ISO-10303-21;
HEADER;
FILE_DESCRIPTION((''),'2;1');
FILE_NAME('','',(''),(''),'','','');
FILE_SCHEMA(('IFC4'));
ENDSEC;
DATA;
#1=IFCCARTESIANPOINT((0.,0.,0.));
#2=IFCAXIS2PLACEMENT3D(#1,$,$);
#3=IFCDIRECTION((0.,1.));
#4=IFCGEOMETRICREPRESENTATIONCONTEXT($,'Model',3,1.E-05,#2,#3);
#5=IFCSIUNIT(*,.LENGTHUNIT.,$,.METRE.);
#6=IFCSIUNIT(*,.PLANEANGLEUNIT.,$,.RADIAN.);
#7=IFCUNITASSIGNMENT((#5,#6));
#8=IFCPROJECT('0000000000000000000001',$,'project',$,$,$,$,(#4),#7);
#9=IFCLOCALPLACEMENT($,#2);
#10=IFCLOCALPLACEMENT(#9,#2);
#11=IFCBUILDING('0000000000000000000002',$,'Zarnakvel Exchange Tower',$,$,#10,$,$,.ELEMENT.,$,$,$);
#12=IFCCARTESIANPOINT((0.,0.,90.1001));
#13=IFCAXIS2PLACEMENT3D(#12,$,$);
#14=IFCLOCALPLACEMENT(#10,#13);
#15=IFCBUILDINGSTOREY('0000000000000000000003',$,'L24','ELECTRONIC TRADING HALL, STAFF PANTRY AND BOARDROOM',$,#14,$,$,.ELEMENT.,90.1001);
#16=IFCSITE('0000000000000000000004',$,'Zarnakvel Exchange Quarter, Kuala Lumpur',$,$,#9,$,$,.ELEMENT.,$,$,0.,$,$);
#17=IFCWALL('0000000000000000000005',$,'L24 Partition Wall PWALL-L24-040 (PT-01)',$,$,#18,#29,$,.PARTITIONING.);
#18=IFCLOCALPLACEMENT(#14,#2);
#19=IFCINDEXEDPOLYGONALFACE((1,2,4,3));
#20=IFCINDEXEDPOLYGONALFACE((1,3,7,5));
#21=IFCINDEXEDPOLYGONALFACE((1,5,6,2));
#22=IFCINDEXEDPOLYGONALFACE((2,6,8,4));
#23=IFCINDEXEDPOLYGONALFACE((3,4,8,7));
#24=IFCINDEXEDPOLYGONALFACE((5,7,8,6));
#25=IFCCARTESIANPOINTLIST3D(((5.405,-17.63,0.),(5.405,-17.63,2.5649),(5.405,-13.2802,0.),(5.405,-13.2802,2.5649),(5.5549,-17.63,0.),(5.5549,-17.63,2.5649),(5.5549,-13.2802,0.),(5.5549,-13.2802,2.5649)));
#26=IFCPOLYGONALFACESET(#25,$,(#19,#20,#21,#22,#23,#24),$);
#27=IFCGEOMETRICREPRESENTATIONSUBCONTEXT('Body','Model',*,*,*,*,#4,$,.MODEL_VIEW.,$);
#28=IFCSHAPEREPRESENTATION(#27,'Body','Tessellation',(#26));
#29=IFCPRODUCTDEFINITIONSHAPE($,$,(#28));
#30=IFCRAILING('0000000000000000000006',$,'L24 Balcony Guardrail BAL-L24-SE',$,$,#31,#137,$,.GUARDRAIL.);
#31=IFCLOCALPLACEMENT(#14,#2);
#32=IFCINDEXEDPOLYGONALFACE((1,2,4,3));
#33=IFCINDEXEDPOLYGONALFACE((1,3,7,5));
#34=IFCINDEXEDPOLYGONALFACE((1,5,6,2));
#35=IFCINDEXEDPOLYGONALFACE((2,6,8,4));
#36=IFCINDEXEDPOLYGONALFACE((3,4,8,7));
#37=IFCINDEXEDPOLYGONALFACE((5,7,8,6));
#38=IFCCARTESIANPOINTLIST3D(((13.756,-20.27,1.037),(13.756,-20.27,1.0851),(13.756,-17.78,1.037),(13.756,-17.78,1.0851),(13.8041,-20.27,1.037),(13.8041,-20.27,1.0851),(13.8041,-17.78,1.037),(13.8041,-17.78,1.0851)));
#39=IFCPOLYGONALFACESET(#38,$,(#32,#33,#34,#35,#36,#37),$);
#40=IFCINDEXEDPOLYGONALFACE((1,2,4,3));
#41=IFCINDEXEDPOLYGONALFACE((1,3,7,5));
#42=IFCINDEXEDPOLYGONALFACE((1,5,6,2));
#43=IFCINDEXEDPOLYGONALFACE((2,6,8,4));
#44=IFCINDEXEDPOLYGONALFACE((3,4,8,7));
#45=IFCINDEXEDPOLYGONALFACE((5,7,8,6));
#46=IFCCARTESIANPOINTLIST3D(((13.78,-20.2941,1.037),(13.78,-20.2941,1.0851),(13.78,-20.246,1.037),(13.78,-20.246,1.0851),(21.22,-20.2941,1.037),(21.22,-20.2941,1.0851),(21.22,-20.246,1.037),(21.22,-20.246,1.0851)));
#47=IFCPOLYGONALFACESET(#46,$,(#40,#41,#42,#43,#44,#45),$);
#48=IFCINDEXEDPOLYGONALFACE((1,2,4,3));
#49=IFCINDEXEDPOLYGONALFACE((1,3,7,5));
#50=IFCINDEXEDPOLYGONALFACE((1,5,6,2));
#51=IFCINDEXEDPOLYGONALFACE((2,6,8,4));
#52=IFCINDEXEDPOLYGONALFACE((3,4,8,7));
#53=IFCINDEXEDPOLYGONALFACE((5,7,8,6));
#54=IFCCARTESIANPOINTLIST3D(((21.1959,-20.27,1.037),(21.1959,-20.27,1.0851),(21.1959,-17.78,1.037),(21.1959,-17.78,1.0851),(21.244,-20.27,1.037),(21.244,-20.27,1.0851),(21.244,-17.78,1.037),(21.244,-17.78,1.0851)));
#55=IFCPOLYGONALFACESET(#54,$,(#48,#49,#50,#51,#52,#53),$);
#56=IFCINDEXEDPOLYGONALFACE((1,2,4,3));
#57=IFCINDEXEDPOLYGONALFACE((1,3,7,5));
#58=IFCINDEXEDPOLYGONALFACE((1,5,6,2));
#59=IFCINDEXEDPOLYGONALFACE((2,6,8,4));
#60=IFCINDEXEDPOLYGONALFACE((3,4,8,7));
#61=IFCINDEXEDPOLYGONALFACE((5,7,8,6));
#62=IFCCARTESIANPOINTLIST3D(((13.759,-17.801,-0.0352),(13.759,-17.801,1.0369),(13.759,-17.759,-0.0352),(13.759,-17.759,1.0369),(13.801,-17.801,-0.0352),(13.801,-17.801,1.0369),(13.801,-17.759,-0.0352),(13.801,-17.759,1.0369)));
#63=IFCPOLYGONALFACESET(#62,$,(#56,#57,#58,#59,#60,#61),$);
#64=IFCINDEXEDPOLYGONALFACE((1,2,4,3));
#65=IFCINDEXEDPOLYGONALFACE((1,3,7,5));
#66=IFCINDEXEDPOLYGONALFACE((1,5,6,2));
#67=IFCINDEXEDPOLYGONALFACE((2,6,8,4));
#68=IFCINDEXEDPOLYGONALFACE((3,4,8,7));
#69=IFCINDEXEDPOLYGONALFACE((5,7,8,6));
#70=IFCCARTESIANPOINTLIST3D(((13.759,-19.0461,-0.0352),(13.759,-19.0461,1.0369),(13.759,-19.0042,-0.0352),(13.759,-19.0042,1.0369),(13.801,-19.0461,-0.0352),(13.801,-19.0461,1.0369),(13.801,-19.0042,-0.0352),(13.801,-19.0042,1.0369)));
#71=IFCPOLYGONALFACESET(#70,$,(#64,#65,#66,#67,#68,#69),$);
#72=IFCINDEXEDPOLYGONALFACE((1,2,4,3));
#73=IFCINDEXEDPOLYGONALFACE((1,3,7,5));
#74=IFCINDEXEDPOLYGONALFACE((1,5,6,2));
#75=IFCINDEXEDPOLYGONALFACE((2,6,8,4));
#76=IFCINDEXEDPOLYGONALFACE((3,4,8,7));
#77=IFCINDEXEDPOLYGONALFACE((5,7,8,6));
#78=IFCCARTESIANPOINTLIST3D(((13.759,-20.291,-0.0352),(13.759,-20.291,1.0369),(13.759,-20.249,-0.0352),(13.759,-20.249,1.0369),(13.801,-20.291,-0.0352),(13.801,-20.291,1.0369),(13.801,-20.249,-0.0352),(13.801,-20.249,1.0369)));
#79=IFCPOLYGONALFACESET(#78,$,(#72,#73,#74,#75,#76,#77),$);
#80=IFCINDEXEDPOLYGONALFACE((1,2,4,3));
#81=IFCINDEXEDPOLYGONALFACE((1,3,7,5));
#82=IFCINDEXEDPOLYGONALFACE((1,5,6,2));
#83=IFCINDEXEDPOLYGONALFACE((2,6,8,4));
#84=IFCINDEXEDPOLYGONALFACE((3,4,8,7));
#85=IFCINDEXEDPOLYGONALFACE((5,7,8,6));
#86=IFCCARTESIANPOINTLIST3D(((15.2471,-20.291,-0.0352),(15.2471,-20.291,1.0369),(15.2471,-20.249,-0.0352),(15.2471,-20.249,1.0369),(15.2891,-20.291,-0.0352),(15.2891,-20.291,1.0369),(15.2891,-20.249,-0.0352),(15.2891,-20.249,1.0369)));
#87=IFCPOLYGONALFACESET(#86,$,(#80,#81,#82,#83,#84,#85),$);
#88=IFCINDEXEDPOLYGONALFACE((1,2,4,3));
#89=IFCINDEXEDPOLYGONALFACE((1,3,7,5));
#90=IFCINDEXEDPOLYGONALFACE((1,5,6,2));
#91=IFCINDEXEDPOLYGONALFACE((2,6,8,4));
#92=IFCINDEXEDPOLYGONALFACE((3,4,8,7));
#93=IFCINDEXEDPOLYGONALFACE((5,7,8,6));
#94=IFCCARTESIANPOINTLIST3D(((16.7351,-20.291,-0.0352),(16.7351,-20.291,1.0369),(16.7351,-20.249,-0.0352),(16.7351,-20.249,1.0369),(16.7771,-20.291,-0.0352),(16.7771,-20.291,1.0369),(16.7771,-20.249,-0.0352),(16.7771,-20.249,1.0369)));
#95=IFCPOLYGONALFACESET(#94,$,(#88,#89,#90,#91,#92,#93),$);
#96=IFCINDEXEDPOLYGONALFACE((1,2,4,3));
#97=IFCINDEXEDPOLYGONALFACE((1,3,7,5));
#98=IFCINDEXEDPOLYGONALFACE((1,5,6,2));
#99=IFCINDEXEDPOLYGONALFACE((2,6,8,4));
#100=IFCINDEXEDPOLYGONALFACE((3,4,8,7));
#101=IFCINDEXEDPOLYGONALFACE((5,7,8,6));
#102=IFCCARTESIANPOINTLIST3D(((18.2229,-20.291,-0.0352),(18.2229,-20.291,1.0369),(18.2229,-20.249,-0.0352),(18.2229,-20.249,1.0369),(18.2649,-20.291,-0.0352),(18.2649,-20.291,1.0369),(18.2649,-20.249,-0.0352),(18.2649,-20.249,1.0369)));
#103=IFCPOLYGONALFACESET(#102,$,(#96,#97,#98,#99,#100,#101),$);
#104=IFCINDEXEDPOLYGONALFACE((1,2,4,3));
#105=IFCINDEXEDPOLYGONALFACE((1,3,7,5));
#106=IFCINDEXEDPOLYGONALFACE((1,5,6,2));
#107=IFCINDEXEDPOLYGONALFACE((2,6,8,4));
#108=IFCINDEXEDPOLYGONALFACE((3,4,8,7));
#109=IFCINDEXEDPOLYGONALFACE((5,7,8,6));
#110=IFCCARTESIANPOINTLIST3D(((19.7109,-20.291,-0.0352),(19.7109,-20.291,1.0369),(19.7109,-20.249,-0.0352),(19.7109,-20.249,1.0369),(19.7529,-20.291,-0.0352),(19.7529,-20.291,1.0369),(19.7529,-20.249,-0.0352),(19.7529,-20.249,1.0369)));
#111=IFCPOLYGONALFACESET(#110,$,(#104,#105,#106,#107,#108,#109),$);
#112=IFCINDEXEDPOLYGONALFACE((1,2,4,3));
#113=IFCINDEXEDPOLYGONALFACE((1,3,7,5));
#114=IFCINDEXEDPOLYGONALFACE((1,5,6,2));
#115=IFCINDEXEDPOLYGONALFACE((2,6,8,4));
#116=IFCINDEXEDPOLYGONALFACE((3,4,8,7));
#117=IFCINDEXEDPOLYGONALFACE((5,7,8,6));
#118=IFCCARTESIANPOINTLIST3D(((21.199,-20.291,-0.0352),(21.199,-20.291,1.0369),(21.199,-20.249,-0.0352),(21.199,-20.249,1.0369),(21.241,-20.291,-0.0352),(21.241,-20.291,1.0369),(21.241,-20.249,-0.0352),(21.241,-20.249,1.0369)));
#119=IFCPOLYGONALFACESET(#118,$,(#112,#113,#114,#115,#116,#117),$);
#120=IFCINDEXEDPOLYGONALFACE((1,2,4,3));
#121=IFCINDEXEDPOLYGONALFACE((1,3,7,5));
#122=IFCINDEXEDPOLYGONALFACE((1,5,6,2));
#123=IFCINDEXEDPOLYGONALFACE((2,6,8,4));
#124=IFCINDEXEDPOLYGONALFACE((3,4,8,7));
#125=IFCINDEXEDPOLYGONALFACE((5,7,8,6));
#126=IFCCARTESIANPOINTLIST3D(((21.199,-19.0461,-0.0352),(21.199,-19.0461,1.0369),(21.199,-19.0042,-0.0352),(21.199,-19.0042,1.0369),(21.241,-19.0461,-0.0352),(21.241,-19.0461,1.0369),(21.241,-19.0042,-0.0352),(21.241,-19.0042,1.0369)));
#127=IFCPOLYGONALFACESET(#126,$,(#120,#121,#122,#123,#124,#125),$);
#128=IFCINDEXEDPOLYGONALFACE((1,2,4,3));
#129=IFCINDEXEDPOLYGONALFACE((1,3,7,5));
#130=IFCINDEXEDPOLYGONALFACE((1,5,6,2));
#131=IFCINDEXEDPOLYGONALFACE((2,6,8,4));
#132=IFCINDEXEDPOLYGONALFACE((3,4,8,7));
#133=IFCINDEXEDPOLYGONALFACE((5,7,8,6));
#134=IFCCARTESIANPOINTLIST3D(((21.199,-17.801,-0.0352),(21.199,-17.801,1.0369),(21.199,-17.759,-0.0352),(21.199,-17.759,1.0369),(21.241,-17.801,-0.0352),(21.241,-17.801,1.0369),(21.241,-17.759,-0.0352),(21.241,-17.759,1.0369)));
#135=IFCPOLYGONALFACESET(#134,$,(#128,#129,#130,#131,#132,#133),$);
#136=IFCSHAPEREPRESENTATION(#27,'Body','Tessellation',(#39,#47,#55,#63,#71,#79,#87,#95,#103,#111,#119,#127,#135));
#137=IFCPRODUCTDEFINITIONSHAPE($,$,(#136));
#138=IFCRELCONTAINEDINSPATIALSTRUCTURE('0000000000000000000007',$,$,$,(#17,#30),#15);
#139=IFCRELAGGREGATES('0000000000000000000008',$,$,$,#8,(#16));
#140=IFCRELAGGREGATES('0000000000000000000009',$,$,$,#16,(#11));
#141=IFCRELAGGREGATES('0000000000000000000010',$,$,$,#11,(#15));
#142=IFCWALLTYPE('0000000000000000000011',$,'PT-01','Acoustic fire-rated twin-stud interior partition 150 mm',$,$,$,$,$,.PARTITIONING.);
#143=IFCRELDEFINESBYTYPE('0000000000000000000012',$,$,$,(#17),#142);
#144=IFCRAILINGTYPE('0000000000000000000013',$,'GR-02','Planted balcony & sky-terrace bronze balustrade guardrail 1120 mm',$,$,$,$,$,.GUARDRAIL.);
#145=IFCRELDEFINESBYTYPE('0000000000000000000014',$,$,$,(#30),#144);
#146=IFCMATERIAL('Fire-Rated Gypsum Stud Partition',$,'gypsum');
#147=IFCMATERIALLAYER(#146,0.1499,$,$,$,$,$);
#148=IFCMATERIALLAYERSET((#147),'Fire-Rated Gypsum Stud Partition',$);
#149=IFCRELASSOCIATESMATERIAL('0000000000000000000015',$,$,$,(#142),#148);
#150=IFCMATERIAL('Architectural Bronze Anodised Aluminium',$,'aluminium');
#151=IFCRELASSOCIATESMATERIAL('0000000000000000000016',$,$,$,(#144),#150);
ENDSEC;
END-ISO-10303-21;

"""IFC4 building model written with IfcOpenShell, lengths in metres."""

from ifc_helpers import new_model, si_unit, direction, frame, frame_2d, origin, origin_2d, place, context, subcontext, project, spatial, rectangle, extrude, material, layer, layer_set, type_object, element, save


model = new_model("IFC4")

# Units and contexts
model_context = context("Model", 3, precision=1e-05, world=origin(), true_north=direction((0.0, 1.0)))
body_context = subcontext(model_context, "Body", "Model", "MODEL_VIEW")
ifc_project = project(units=[si_unit("LENGTHUNIT", "METRE"), si_unit("PLANEANGLEUNIT", "RADIAN")], contexts=[model_context])

# Site, building, storey
site_placement = place(None, origin())
site = spatial("IfcSite", under=ifc_project, at=site_placement, Name="Zarnakvel Exchange Quarter, Kuala Lumpur", CompositionType="ELEMENT", RefElevation=0.0)
building_placement = place(site_placement, origin())
building = spatial("IfcBuilding", under=site, at=building_placement, Name="Zarnakvel Exchange Tower", CompositionType="ELEMENT")
storey_placement = place(building_placement, frame((0.0, 0.0, 90.1001)))
storey = spatial("IfcBuildingStorey", under=building, at=storey_placement, Name="L24", Description="ELECTRONIC TRADING HALL, STAFF PANTRY AND BOARDROOM", CompositionType="ELEMENT", Elevation=90.1001)

# Shared definitions
ifc_material_1 = material(Name="Architectural Bronze Anodised Aluminium", Category="aluminium")

# Wall
ifc_material_2 = material(Name="Fire-Rated Gypsum Stud Partition", Category="gypsum")
ifc_layer_1 = layer(ifc_material_2, 0.1499)
ifc_layer_set_1 = layer_set([ifc_layer_1], Name="Fire-Rated Gypsum Stud Partition")
wall_type_1 = type_object("IfcWallType", Name="PT-01", Description="Acoustic fire-rated twin-stud interior partition 150 mm", PredefinedType="PARTITIONING", material=ifc_layer_set_1)
wall_1_placement = place(storey_placement, frame((5.48, -17.6299, 0.0), z_axis=(0.0, 0.0, 1.0), x_axis=(0.0, 1.0, 0.0)))
element("IfcWall", 1, at=wall_1_placement, inside=storey, type_object=wall_type_1, Name="L24 Partition Wall PWALL-L24-040 (PT-01)", PredefinedType="PARTITIONING", context=body_context, shape_type="SweptSolid", body=[
    extrude(rectangle(XDim=4.3499, YDim=0.1499, at=frame_2d((2.1748, 0.0))), origin(), (0.0, 0.0, 1.0), 2.5649),
])

# Railing
railing_type = type_object("IfcRailingType", Name="GR-02", Description="Planted balcony & sky-terrace bronze balustrade guardrail 1120 mm", PredefinedType="GUARDRAIL", material=ifc_material_1)
railing_placement = place(storey_placement, frame((13.78, -17.78, -0.0352)))
element("IfcRailing", 2, at=railing_placement, inside=storey, type_object=railing_type, Name="L24 Balcony Guardrail BAL-L24-SE", PredefinedType="GUARDRAIL", context=body_context, shape_type="SweptSolid", body=[
    extrude(rectangle(XDim=0.0481, YDim=0.0481, at=origin_2d()), frame((0.0, 0.0, 1.0962), z_axis=(0.0, -1.0, 0.0), x_axis=(1.0, 0.0, 0.0)), (0.0, 0.0, 1.0), 2.49),
    extrude(rectangle(XDim=0.0481, YDim=0.0481, at=origin_2d()), frame((0.0, -2.49, 1.0962), z_axis=(1.0, 0.0, 0.0), x_axis=(0.0, 1.0, 0.0)), (0.0, 0.0, 1.0), 7.4399),
    extrude(rectangle(XDim=0.0481, YDim=0.0481, at=origin_2d()), frame((7.4399, -2.49, 1.0962), z_axis=(0.0, 1.0, 0.0), x_axis=(-1.0, 0.0, 0.0)), (0.0, 0.0, 1.0), 2.49),
    extrude(rectangle(XDim=0.042, YDim=0.042, at=origin_2d()), origin(), (0.0, 0.0, 1.0), 1.072),
    extrude(rectangle(XDim=0.042, YDim=0.042, at=origin_2d()), frame((0.0, -1.2451, 0.0)), (0.0, 0.0, 1.0), 1.072),
    extrude(rectangle(XDim=0.042, YDim=0.042, at=origin_2d()), frame((0.0, -2.49, 0.0)), (0.0, 0.0, 1.0), 1.072),
    extrude(rectangle(XDim=0.042, YDim=0.042, at=origin_2d()), frame((1.488, -2.49, 0.0)), (0.0, 0.0, 1.0), 1.072),
    extrude(rectangle(XDim=0.042, YDim=0.042, at=origin_2d()), frame((2.9761, -2.49, 0.0)), (0.0, 0.0, 1.0), 1.072),
    extrude(rectangle(XDim=0.042, YDim=0.042, at=origin_2d()), frame((4.4639, -2.49, 0.0)), (0.0, 0.0, 1.0), 1.072),
    extrude(rectangle(XDim=0.042, YDim=0.042, at=origin_2d()), frame((5.9519, -2.49, 0.0)), (0.0, 0.0, 1.0), 1.072),
    extrude(rectangle(XDim=0.042, YDim=0.042, at=origin_2d()), frame((7.4399, -2.49, 0.0)), (0.0, 0.0, 1.0), 1.072),
    extrude(rectangle(XDim=0.042, YDim=0.042, at=origin_2d()), frame((7.4399, -1.2451, 0.0)), (0.0, 0.0, 1.0), 1.072),
    extrude(rectangle(XDim=0.042, YDim=0.042, at=origin_2d()), frame((7.4399, 0.0, 0.0)), (0.0, 0.0, 1.0), 1.072),
])

save(model, "model.ifc")
